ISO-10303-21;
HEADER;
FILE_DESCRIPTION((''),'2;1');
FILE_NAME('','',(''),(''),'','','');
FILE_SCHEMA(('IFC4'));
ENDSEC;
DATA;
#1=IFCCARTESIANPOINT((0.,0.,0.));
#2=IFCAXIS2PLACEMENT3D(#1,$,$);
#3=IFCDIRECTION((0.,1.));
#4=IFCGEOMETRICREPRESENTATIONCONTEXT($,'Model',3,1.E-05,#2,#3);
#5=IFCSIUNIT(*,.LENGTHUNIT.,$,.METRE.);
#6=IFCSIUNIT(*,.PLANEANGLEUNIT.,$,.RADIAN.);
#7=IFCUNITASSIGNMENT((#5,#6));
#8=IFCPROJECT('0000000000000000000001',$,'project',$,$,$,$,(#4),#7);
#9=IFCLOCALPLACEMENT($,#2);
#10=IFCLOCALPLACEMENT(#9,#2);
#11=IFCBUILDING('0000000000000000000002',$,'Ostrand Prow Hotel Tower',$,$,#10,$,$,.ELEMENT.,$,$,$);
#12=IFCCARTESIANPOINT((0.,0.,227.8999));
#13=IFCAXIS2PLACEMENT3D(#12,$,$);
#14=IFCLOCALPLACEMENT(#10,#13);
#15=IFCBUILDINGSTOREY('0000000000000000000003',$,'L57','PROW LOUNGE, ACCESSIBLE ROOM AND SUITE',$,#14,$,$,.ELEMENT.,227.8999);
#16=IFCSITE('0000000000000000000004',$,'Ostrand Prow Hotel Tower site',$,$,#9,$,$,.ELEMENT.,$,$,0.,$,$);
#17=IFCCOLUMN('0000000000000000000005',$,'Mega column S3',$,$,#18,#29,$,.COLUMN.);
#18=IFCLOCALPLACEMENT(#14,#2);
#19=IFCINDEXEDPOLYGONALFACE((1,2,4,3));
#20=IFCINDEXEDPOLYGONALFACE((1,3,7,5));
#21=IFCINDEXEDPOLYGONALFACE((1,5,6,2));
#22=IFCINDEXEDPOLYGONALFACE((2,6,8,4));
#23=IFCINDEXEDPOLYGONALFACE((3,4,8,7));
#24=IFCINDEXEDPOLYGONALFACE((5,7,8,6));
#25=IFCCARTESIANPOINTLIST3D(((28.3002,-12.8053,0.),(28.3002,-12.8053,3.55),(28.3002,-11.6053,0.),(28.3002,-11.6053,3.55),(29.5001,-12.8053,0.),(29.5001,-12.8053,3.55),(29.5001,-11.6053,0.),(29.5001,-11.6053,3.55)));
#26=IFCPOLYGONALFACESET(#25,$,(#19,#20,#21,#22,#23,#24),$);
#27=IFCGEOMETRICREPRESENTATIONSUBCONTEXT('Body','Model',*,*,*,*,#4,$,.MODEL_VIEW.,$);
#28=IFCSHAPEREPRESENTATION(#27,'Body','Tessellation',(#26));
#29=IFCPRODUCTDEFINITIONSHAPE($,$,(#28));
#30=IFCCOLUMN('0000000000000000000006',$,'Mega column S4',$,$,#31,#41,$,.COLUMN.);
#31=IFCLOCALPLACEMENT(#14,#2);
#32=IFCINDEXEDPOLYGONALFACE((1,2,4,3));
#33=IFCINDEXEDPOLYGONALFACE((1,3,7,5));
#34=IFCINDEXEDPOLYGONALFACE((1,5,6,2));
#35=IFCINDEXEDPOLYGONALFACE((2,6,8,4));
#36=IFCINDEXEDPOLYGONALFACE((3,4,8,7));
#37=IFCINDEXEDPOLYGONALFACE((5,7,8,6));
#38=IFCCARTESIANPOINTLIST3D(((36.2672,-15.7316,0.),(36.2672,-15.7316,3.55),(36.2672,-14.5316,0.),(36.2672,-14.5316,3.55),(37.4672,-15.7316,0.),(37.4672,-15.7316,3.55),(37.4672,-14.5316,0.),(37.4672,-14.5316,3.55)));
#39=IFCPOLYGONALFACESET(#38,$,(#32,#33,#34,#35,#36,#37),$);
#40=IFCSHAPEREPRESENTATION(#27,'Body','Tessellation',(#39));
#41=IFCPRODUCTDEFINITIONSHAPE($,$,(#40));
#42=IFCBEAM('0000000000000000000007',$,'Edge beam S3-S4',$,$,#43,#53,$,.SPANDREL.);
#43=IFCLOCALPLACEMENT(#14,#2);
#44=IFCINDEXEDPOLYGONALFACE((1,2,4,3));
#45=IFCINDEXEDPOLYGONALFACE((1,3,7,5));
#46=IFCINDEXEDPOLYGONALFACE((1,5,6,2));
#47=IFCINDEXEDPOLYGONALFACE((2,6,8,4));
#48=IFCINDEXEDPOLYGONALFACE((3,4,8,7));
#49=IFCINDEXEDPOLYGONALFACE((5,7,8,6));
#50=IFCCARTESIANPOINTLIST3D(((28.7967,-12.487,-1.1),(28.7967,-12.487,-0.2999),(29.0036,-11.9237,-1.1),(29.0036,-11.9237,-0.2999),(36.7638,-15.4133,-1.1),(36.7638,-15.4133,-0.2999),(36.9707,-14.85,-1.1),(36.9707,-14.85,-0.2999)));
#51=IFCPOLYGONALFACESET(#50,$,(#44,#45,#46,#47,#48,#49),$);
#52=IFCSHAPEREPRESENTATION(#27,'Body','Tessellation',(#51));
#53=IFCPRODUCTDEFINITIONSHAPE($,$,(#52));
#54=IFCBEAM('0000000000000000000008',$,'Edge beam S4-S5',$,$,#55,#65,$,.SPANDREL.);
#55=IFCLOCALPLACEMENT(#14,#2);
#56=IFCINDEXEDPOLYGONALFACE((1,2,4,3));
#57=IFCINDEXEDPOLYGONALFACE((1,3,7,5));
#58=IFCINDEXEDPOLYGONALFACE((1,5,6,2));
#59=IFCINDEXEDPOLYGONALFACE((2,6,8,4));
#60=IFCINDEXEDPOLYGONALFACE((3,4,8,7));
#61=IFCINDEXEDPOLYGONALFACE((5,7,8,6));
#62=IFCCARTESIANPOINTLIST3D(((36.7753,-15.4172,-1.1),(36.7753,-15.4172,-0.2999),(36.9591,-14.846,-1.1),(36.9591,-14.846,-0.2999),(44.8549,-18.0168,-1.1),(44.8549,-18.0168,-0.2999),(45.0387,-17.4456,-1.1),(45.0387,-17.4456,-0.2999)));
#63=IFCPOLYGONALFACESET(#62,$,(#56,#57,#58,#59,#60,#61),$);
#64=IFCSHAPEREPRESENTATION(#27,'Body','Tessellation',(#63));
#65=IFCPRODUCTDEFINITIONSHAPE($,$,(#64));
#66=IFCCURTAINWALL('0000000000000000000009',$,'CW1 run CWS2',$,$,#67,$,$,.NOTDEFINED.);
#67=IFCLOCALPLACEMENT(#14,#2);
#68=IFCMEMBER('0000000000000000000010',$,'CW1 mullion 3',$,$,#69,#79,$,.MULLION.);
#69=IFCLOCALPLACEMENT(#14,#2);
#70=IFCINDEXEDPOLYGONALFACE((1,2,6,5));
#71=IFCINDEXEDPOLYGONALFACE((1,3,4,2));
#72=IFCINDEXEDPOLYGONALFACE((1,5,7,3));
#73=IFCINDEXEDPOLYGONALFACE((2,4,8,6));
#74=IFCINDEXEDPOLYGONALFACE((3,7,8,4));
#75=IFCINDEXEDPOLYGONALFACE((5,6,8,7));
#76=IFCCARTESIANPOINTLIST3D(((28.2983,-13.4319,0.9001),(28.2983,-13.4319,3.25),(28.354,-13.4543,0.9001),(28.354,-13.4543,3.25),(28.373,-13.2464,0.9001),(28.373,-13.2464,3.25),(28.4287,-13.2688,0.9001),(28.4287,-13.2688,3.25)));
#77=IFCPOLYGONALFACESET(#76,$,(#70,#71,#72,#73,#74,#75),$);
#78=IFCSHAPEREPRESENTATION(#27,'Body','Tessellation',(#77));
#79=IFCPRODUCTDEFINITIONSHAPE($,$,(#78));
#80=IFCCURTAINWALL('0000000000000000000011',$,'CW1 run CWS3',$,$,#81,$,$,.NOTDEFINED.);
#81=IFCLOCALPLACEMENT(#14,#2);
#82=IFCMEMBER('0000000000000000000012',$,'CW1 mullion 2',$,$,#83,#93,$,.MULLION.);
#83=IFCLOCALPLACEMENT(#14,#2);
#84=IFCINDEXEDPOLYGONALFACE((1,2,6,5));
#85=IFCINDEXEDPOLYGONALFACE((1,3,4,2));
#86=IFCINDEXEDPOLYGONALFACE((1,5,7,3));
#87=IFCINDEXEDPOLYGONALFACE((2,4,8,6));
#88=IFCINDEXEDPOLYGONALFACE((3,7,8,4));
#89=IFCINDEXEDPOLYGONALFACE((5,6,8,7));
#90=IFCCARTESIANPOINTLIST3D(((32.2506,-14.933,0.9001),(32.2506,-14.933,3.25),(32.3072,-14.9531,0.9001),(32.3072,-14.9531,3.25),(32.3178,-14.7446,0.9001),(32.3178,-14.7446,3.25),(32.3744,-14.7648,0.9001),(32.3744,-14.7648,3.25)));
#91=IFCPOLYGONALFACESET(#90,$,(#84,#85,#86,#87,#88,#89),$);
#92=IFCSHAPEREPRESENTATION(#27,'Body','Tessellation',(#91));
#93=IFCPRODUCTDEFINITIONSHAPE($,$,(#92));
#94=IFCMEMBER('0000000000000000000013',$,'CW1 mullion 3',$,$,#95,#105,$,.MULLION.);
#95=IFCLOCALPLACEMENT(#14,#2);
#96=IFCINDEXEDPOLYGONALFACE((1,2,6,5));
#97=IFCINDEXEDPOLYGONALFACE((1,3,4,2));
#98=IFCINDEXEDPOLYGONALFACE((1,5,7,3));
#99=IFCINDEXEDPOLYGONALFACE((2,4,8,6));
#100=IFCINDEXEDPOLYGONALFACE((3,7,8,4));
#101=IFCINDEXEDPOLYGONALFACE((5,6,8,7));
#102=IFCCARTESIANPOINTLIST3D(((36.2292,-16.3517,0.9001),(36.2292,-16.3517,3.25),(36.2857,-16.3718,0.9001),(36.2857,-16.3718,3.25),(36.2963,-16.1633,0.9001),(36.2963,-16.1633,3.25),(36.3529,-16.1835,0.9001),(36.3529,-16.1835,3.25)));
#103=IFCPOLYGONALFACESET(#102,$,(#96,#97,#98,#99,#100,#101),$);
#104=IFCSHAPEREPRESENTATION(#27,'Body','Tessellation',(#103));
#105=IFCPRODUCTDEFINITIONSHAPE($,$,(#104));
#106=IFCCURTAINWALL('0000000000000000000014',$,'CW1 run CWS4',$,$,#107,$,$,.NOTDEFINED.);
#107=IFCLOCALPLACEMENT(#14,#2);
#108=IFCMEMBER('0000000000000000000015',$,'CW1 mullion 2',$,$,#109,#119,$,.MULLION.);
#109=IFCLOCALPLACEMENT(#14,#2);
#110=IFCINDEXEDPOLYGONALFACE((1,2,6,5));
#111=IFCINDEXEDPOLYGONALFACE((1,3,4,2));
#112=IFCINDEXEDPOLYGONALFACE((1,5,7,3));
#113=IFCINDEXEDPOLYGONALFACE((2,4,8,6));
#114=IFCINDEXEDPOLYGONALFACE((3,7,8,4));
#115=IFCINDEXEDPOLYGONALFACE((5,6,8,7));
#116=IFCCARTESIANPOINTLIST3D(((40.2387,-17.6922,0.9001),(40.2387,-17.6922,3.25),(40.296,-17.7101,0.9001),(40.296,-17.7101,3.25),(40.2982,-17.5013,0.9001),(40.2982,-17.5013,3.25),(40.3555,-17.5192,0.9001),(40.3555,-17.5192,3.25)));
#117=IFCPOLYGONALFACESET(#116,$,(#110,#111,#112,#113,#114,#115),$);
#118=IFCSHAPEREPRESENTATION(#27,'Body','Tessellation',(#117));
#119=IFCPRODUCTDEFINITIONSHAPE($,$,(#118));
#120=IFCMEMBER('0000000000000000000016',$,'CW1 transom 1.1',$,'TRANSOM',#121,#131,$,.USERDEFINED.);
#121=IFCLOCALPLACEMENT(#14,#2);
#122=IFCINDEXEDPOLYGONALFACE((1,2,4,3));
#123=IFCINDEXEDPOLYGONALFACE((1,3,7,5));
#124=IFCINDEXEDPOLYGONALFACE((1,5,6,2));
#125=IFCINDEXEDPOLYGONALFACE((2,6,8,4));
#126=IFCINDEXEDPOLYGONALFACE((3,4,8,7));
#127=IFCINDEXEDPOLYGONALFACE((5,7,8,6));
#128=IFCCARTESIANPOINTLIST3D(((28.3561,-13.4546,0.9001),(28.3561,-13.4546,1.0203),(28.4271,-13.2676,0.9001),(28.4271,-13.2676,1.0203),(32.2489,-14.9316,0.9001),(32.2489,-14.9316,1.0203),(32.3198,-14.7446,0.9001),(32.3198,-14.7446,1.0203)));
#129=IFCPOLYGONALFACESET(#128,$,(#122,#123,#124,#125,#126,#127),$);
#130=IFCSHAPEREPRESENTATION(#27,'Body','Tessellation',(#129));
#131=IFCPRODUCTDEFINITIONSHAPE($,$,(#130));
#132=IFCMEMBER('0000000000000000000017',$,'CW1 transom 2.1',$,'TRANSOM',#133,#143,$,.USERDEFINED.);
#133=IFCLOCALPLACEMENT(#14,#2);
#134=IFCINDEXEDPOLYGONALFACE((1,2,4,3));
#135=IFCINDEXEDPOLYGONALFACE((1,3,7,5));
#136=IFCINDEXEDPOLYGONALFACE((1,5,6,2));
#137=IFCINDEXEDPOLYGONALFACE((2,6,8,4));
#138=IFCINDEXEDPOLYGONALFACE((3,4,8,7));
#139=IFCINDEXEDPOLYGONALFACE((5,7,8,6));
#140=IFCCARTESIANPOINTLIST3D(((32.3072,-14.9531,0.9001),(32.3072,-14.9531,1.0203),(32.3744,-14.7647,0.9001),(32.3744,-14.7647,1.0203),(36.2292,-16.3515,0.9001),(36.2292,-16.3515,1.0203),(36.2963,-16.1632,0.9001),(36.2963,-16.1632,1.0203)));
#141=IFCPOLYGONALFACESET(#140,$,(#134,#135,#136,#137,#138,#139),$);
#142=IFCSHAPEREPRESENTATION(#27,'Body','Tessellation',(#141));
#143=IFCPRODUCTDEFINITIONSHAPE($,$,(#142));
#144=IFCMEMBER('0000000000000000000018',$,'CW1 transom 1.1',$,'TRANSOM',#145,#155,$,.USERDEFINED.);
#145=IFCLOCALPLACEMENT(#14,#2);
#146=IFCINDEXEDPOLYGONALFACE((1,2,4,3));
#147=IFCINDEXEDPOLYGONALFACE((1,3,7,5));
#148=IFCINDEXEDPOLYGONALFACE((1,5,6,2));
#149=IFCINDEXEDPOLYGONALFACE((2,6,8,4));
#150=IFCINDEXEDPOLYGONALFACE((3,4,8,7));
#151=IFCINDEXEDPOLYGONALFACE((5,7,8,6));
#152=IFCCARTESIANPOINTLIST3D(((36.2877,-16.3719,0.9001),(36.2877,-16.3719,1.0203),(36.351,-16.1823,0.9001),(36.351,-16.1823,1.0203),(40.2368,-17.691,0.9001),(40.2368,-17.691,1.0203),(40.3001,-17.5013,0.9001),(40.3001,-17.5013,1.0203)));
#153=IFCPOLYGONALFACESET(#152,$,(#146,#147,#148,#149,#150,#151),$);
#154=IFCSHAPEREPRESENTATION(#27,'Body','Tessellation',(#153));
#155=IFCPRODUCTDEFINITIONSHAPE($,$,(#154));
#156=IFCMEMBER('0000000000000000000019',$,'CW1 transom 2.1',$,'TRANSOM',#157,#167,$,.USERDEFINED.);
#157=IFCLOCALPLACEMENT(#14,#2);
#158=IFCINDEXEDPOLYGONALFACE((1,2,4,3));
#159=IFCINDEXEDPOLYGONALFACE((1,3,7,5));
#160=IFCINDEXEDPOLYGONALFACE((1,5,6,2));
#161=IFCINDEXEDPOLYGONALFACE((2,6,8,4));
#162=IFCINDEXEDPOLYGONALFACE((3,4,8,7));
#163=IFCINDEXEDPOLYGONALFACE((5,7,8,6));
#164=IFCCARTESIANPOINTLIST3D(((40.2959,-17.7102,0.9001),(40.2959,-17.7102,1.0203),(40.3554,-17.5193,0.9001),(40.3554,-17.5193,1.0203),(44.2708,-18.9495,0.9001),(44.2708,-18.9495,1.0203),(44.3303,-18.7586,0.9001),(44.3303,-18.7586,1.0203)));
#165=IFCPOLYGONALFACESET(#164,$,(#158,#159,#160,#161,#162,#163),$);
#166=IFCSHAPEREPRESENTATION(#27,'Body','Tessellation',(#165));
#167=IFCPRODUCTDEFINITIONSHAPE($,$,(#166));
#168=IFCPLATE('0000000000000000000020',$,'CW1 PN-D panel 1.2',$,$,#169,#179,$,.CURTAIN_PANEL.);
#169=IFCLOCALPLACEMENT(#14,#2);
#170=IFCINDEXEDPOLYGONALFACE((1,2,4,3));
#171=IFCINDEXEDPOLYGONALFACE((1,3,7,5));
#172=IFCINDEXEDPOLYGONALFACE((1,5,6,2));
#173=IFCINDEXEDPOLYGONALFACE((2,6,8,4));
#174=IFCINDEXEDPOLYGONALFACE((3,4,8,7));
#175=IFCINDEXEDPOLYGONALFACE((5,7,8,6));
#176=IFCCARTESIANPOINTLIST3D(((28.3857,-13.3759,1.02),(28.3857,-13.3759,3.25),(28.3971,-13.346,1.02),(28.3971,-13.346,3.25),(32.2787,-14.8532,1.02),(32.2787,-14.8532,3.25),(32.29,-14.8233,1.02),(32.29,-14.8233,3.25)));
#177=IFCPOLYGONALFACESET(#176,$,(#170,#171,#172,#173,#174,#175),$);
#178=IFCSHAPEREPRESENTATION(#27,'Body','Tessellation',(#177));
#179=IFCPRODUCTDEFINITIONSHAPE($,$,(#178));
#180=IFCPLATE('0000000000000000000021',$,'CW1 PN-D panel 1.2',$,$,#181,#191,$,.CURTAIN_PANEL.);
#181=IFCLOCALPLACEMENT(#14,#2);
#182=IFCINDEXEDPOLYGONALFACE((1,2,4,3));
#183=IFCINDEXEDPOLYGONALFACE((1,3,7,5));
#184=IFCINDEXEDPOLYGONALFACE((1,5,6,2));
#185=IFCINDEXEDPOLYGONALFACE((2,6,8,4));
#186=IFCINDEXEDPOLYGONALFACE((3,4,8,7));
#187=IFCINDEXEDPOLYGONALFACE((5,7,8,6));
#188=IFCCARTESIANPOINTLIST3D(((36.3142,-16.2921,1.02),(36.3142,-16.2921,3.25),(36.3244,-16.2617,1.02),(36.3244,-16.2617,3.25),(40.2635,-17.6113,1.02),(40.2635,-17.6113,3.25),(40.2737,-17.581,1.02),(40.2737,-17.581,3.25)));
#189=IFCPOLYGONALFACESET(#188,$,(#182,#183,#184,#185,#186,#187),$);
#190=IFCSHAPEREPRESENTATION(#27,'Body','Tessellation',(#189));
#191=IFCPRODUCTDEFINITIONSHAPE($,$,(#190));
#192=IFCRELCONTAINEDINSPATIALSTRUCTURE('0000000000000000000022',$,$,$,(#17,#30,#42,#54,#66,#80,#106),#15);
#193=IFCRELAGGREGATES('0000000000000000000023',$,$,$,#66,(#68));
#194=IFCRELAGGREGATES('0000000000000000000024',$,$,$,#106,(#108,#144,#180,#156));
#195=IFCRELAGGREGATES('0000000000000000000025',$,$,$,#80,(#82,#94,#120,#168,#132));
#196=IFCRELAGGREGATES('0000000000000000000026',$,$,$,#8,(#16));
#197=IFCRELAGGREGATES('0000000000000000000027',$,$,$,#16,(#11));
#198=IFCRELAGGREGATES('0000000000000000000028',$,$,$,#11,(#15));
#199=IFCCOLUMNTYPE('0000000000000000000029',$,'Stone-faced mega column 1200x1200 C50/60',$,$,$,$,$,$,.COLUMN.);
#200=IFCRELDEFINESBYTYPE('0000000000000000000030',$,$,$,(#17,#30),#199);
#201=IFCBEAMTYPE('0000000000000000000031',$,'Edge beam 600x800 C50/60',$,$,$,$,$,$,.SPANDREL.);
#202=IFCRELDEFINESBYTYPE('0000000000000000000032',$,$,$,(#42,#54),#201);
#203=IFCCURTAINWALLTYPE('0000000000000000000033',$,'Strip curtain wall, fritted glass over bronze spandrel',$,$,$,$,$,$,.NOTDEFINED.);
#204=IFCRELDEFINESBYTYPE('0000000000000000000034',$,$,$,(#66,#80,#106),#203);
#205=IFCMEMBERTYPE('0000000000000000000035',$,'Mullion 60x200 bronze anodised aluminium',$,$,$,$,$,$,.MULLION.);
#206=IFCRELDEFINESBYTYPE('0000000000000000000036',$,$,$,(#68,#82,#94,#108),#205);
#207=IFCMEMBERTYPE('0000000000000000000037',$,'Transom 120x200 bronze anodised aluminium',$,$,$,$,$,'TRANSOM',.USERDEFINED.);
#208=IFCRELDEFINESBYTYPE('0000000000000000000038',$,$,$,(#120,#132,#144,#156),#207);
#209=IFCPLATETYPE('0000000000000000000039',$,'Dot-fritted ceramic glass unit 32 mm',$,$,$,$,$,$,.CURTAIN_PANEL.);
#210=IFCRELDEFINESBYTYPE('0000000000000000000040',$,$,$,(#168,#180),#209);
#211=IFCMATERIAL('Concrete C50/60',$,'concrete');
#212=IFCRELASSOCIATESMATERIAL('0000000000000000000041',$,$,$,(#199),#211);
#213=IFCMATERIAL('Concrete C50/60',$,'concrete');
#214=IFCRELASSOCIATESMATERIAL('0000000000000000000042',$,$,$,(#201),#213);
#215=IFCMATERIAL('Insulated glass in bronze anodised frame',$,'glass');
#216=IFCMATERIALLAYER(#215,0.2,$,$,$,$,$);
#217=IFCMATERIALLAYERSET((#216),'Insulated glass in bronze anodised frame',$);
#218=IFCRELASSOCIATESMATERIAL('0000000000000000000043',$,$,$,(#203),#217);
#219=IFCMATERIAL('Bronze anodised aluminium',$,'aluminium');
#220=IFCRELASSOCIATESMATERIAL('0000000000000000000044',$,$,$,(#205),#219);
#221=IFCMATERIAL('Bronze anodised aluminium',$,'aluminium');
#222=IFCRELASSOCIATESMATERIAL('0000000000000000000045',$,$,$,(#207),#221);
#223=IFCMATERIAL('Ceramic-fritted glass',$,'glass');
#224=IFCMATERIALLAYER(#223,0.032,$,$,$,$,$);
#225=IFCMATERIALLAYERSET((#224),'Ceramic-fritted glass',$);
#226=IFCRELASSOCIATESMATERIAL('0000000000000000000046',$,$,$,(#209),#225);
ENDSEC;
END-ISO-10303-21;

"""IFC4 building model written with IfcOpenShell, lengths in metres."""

from ifc_helpers import new_model, si_unit, direction, frame, origin, origin_2d, place, context, subcontext, project, spatial, rectangle, extrude, material, layer, layer_set, material_profile, profile_set, type_object, element, aggregate, save


model = new_model("IFC4")

# Units and contexts
model_context = context("Model", 3, precision=1e-05, world=origin(), true_north=direction((0.0, 1.0)))
body_context = subcontext(model_context, "Body", "Model", "MODEL_VIEW")
ifc_project = project(units=[si_unit("LENGTHUNIT", "METRE"), si_unit("PLANEANGLEUNIT", "RADIAN")], contexts=[model_context])

# Site, building, storey
site_placement = place(None, origin())
site = spatial("IfcSite", under=ifc_project, at=site_placement, Name="Ostrand Prow Hotel Tower site", CompositionType="ELEMENT", RefElevation=0.0)
building_placement = place(site_placement, origin())
building = spatial("IfcBuilding", under=site, at=building_placement, Name="Ostrand Prow Hotel Tower", CompositionType="ELEMENT")
storey_placement = place(building_placement, frame((0.0, 0.0, 227.8999)))
storey = spatial("IfcBuildingStorey", under=building, at=storey_placement, Name="L57", Description="PROW LOUNGE, ACCESSIBLE ROOM AND SUITE", CompositionType="ELEMENT", Elevation=227.8999)

# Columns
ifc_material_1 = material(Name="Concrete C50/60", Category="concrete")
ifc_material_profile_1 = material_profile(ifc_material_1, rectangle(XDim=1.2, YDim=1.2, at=origin_2d()), Name="RC 1200x1200")
ifc_profile_set_1 = profile_set([ifc_material_profile_1], Name="Concrete C50/60")
column_type = type_object("IfcColumnType", Name="Stone-faced mega column 1200x1200 C50/60", PredefinedType="COLUMN", material=ifc_profile_set_1)
for number, where, z_axis, x_axis, name in (
    (1, (28.9001, -12.2053, 0.0), (0.0, 0.0, 1.0), (1.0, 0.0, 0.0), "Mega column S3"),
    (2, (36.8672, -15.1316, 0.0), (0.0, 0.0, 1.0), (1.0, 0.0, 0.0), "Mega column S4"),
):
    element("IfcColumn", number, at=place(storey_placement, frame(where, z_axis=z_axis, x_axis=x_axis)), inside=storey, type_object=column_type, Name=name, PredefinedType="COLUMN", context=body_context, shape_type="SweptSolid", body=[
        extrude(rectangle(XDim=1.2, YDim=1.2, at=origin_2d()), origin(), (0.0, 0.0, 1.0), 3.55),
    ])

# Beams
ifc_material_2 = material(Name="Concrete C50/60", Category="concrete")
ifc_material_profile_2 = material_profile(ifc_material_2, rectangle(XDim=0.6001, YDim=0.8, at=origin_2d()), Name="RC 600x800")
ifc_profile_set_2 = profile_set([ifc_material_profile_2], Name="Concrete C50/60")
beam_type = type_object("IfcBeamType", Name="Edge beam 600x800 C50/60", PredefinedType="SPANDREL", material=ifc_profile_set_2)
for number, where, z_axis, x_axis, name in (
    (3, (28.9001, -12.2053, -0.7), (0.938685, -0.344776, 0.0), (0.344776, 0.938685, 0.0), "Edge beam S3-S4"),
    (4, (36.8672, -15.1316, -0.7), (0.951939, -0.306287, 0.0), (0.306287, 0.951939, 0.0), "Edge beam S4-S5"),
):
    element("IfcBeam", number, at=place(storey_placement, frame(where, z_axis=z_axis, x_axis=x_axis)), inside=storey, type_object=beam_type, Name=name, PredefinedType="SPANDREL", context=body_context, shape_type="SweptSolid", body=[
        extrude(rectangle(XDim=0.6001, YDim=0.8, at=origin_2d()), origin(), (0.0, 0.0, 1.0), 8.4875),
    ])

# Curtain wall, member
ifc_material_3 = material(Name="Insulated glass in bronze anodised frame", Category="glass")
ifc_layer_1 = layer(ifc_material_3, 0.2)
ifc_layer_set_1 = layer_set([ifc_layer_1], Name="Insulated glass in bronze anodised frame")
curtain_wall_type = type_object("IfcCurtainWallType", Name="Strip curtain wall, fritted glass over bronze spandrel", PredefinedType="NOTDEFINED", material=ifc_layer_set_1)
curtain_wall_1_placement = place(storey_placement, origin())
curtain_wall_1 = element("IfcCurtainWall", 5, at=curtain_wall_1_placement, inside=storey, type_object=curtain_wall_type, Name="CW1 run CWS2", PredefinedType="NOTDEFINED")
ifc_material_4 = material(Name="Bronze anodised aluminium", Category="aluminium")
ifc_material_profile_3 = material_profile(ifc_material_4, rectangle(XDim=0.2, YDim=0.0601, at=origin_2d()), Name="Mullion 60x200 bronze anodised aluminium")
ifc_profile_set_3 = profile_set([ifc_material_profile_3], Name="Bronze anodised aluminium")
member_type_1 = type_object("IfcMemberType", Name="Mullion 60x200 bronze anodised aluminium", PredefinedType="MULLION", material=ifc_profile_set_3)
member_1_placement = place(storey_placement, frame((28.3635, -13.3503, 0.9001), z_axis=(0.0, 0.0, 1.0), x_axis=(0.373533, 0.927617, 0.0)))
member_1 = element("IfcMember", 6, at=member_1_placement, type_object=member_type_1, Name="CW1 mullion 3", PredefinedType="MULLION", context=body_context, shape_type="SweptSolid", body=[
    extrude(rectangle(XDim=0.2, YDim=0.0601, at=origin_2d()), origin(), (0.0, 0.0, 1.0), 2.3499),
])
aggregate(curtain_wall_1, [member_1])

# Curtain wall, members
curtain_wall_2_placement = place(storey_placement, origin())
curtain_wall_2 = element("IfcCurtainWall", 7, at=curtain_wall_2_placement, inside=storey, type_object=curtain_wall_type, Name="CW1 run CWS3", PredefinedType="NOTDEFINED")
member_2_placement = place(storey_placement, frame((32.3125, -14.8489, 0.9001), z_axis=(0.0, 0.0, 1.0), x_axis=(0.335877, 0.941906, 0.0)))
member_2 = element("IfcMember", 8, at=member_2_placement, type_object=member_type_1, Name="CW1 mullion 2", PredefinedType="MULLION", context=body_context, shape_type="SweptSolid", body=[
    extrude(rectangle(XDim=0.2, YDim=0.0601, at=origin_2d()), origin(), (0.0, 0.0, 1.0), 2.3499),
])
member_3_placement = place(storey_placement, frame((36.291, -16.2676, 0.9001), z_axis=(0.0, 0.0, 1.0), x_axis=(0.335877, 0.941906, 0.0)))
member_3 = element("IfcMember", 9, at=member_3_placement, type_object=member_type_1, Name="CW1 mullion 3", PredefinedType="MULLION", context=body_context, shape_type="SweptSolid", body=[
    extrude(rectangle(XDim=0.2, YDim=0.0601, at=origin_2d()), origin(), (0.0, 0.0, 1.0), 2.3499),
])

# Curtain wall, member
curtain_wall_3_placement = place(storey_placement, origin())
curtain_wall_3 = element("IfcCurtainWall", 10, at=curtain_wall_3_placement, inside=storey, type_object=curtain_wall_type, Name="CW1 run CWS4", PredefinedType="NOTDEFINED")
member_4_placement = place(storey_placement, frame((40.2971, -17.6057, 0.9001), z_axis=(0.0, 0.0, 1.0), x_axis=(0.297678, 0.954666, 0.0)))
member_4 = element("IfcMember", 11, at=member_4_placement, type_object=member_type_1, Name="CW1 mullion 2", PredefinedType="MULLION", context=body_context, shape_type="SweptSolid", body=[
    extrude(rectangle(XDim=0.2, YDim=0.0601, at=origin_2d()), origin(), (0.0, 0.0, 1.0), 2.3499),
])

# Members
ifc_material_5 = material(Name="Bronze anodised aluminium", Category="aluminium")
ifc_material_profile_4 = material_profile(ifc_material_5, rectangle(XDim=0.2, YDim=0.1201, at=origin_2d()), Name="Transom 120x200 bronze anodised aluminium")
ifc_profile_set_4 = profile_set([ifc_material_profile_4], Name="Bronze anodised aluminium")
member_type_2 = type_object("IfcMemberType", Name="Transom 120x200 bronze anodised aluminium", ElementType="TRANSOM", PredefinedType="USERDEFINED", material=ifc_profile_set_4)
member_5_placement = place(storey_placement, frame((28.3916, -13.3611, 0.9602), z_axis=(0.934961, -0.354751, 0.0), x_axis=(0.354751, 0.934961, 0.0)))
member_5 = element("IfcMember", 12, at=member_5_placement, type_object=member_type_2, Name="CW1 transom 1.1", ObjectType="TRANSOM", PredefinedType="USERDEFINED", context=body_context, shape_type="SweptSolid", body=[
    extrude(rectangle(XDim=0.2, YDim=0.1201, at=origin_2d()), origin(), (0.0, 0.0, 1.0), 4.1636),
])
member_6_placement = place(storey_placement, frame((32.3408, -14.8589, 0.9602), z_axis=(0.941912, -0.335861, 0.0), x_axis=(0.335861, 0.941912, 0.0)))
member_6 = element("IfcMember", 13, at=member_6_placement, type_object=member_type_2, Name="CW1 transom 2.1", ObjectType="TRANSOM", PredefinedType="USERDEFINED", context=body_context, shape_type="SweptSolid", body=[
    extrude(rectangle(XDim=0.2, YDim=0.1201, at=origin_2d()), origin(), (0.0, 0.0, 1.0), 4.1638),
])
member_7_placement = place(storey_placement, frame((36.3193, -16.2771, 0.9602), z_axis=(0.94849, -0.316808, 0.0), x_axis=(0.316808, 0.94849, 0.0)))
member_7 = element("IfcMember", 14, at=member_7_placement, type_object=member_type_2, Name="CW1 transom 1.1", ObjectType="TRANSOM", PredefinedType="USERDEFINED", context=body_context, shape_type="SweptSolid", body=[
    extrude(rectangle(XDim=0.2, YDim=0.1201, at=origin_2d()), origin(), (0.0, 0.0, 1.0), 4.1636),
])
member_8_placement = place(storey_placement, frame((40.3257, -17.6147, 0.9602), z_axis=(0.954677, -0.297644, 0.0), x_axis=(0.297644, 0.954677, 0.0)))
member_8 = element("IfcMember", 15, at=member_8_placement, type_object=member_type_2, Name="CW1 transom 2.1", ObjectType="TRANSOM", PredefinedType="USERDEFINED", context=body_context, shape_type="SweptSolid", body=[
    extrude(rectangle(XDim=0.2, YDim=0.1201, at=origin_2d()), origin(), (0.0, 0.0, 1.0), 4.1636),
])

# Plates
ifc_material_6 = material(Name="Ceramic-fritted glass", Category="glass")
ifc_layer_2 = layer(ifc_material_6, 0.032)
ifc_layer_set_2 = layer_set([ifc_layer_2], Name="Ceramic-fritted glass")
plate_type_1 = type_object("IfcPlateType", Name="Dot-fritted ceramic glass unit 32 mm", PredefinedType="CURTAIN_PANEL", material=ifc_layer_set_2)
plate_1_placement = place(storey_placement, frame((30.3379, -14.0996, 1.02), z_axis=(0.0, 0.0, 1.0), x_axis=(0.934951, -0.354777, 0.0)))
plate_1 = element("IfcPlate", 16, at=plate_1_placement, type_object=plate_type_1, Name="CW1 PN-D panel 1.2", PredefinedType="CURTAIN_PANEL", context=body_context, shape_type="SweptSolid", body=[
    extrude(rectangle(XDim=4.1638, YDim=0.032, at=origin_2d()), origin(), (0.0, 0.0, 1.0), 2.23),
])
plate_2_placement = place(storey_placement, frame((38.2939, -16.9365, 1.02), z_axis=(0.0, 0.0, 1.0), x_axis=(0.948479, -0.316841, 0.0)))
plate_2 = element("IfcPlate", 17, at=plate_2_placement, type_object=plate_type_1, Name="CW1 PN-D panel 1.2", PredefinedType="CURTAIN_PANEL", context=body_context, shape_type="SweptSolid", body=[
    extrude(rectangle(XDim=4.1638, YDim=0.032, at=origin_2d()), origin(), (0.0, 0.0, 1.0), 2.23),
])
aggregate(curtain_wall_3, [member_4, member_7, plate_2, member_8])
aggregate(curtain_wall_2, [member_2, member_3, member_5, plate_1, member_6])

save(model, "model.ifc")
